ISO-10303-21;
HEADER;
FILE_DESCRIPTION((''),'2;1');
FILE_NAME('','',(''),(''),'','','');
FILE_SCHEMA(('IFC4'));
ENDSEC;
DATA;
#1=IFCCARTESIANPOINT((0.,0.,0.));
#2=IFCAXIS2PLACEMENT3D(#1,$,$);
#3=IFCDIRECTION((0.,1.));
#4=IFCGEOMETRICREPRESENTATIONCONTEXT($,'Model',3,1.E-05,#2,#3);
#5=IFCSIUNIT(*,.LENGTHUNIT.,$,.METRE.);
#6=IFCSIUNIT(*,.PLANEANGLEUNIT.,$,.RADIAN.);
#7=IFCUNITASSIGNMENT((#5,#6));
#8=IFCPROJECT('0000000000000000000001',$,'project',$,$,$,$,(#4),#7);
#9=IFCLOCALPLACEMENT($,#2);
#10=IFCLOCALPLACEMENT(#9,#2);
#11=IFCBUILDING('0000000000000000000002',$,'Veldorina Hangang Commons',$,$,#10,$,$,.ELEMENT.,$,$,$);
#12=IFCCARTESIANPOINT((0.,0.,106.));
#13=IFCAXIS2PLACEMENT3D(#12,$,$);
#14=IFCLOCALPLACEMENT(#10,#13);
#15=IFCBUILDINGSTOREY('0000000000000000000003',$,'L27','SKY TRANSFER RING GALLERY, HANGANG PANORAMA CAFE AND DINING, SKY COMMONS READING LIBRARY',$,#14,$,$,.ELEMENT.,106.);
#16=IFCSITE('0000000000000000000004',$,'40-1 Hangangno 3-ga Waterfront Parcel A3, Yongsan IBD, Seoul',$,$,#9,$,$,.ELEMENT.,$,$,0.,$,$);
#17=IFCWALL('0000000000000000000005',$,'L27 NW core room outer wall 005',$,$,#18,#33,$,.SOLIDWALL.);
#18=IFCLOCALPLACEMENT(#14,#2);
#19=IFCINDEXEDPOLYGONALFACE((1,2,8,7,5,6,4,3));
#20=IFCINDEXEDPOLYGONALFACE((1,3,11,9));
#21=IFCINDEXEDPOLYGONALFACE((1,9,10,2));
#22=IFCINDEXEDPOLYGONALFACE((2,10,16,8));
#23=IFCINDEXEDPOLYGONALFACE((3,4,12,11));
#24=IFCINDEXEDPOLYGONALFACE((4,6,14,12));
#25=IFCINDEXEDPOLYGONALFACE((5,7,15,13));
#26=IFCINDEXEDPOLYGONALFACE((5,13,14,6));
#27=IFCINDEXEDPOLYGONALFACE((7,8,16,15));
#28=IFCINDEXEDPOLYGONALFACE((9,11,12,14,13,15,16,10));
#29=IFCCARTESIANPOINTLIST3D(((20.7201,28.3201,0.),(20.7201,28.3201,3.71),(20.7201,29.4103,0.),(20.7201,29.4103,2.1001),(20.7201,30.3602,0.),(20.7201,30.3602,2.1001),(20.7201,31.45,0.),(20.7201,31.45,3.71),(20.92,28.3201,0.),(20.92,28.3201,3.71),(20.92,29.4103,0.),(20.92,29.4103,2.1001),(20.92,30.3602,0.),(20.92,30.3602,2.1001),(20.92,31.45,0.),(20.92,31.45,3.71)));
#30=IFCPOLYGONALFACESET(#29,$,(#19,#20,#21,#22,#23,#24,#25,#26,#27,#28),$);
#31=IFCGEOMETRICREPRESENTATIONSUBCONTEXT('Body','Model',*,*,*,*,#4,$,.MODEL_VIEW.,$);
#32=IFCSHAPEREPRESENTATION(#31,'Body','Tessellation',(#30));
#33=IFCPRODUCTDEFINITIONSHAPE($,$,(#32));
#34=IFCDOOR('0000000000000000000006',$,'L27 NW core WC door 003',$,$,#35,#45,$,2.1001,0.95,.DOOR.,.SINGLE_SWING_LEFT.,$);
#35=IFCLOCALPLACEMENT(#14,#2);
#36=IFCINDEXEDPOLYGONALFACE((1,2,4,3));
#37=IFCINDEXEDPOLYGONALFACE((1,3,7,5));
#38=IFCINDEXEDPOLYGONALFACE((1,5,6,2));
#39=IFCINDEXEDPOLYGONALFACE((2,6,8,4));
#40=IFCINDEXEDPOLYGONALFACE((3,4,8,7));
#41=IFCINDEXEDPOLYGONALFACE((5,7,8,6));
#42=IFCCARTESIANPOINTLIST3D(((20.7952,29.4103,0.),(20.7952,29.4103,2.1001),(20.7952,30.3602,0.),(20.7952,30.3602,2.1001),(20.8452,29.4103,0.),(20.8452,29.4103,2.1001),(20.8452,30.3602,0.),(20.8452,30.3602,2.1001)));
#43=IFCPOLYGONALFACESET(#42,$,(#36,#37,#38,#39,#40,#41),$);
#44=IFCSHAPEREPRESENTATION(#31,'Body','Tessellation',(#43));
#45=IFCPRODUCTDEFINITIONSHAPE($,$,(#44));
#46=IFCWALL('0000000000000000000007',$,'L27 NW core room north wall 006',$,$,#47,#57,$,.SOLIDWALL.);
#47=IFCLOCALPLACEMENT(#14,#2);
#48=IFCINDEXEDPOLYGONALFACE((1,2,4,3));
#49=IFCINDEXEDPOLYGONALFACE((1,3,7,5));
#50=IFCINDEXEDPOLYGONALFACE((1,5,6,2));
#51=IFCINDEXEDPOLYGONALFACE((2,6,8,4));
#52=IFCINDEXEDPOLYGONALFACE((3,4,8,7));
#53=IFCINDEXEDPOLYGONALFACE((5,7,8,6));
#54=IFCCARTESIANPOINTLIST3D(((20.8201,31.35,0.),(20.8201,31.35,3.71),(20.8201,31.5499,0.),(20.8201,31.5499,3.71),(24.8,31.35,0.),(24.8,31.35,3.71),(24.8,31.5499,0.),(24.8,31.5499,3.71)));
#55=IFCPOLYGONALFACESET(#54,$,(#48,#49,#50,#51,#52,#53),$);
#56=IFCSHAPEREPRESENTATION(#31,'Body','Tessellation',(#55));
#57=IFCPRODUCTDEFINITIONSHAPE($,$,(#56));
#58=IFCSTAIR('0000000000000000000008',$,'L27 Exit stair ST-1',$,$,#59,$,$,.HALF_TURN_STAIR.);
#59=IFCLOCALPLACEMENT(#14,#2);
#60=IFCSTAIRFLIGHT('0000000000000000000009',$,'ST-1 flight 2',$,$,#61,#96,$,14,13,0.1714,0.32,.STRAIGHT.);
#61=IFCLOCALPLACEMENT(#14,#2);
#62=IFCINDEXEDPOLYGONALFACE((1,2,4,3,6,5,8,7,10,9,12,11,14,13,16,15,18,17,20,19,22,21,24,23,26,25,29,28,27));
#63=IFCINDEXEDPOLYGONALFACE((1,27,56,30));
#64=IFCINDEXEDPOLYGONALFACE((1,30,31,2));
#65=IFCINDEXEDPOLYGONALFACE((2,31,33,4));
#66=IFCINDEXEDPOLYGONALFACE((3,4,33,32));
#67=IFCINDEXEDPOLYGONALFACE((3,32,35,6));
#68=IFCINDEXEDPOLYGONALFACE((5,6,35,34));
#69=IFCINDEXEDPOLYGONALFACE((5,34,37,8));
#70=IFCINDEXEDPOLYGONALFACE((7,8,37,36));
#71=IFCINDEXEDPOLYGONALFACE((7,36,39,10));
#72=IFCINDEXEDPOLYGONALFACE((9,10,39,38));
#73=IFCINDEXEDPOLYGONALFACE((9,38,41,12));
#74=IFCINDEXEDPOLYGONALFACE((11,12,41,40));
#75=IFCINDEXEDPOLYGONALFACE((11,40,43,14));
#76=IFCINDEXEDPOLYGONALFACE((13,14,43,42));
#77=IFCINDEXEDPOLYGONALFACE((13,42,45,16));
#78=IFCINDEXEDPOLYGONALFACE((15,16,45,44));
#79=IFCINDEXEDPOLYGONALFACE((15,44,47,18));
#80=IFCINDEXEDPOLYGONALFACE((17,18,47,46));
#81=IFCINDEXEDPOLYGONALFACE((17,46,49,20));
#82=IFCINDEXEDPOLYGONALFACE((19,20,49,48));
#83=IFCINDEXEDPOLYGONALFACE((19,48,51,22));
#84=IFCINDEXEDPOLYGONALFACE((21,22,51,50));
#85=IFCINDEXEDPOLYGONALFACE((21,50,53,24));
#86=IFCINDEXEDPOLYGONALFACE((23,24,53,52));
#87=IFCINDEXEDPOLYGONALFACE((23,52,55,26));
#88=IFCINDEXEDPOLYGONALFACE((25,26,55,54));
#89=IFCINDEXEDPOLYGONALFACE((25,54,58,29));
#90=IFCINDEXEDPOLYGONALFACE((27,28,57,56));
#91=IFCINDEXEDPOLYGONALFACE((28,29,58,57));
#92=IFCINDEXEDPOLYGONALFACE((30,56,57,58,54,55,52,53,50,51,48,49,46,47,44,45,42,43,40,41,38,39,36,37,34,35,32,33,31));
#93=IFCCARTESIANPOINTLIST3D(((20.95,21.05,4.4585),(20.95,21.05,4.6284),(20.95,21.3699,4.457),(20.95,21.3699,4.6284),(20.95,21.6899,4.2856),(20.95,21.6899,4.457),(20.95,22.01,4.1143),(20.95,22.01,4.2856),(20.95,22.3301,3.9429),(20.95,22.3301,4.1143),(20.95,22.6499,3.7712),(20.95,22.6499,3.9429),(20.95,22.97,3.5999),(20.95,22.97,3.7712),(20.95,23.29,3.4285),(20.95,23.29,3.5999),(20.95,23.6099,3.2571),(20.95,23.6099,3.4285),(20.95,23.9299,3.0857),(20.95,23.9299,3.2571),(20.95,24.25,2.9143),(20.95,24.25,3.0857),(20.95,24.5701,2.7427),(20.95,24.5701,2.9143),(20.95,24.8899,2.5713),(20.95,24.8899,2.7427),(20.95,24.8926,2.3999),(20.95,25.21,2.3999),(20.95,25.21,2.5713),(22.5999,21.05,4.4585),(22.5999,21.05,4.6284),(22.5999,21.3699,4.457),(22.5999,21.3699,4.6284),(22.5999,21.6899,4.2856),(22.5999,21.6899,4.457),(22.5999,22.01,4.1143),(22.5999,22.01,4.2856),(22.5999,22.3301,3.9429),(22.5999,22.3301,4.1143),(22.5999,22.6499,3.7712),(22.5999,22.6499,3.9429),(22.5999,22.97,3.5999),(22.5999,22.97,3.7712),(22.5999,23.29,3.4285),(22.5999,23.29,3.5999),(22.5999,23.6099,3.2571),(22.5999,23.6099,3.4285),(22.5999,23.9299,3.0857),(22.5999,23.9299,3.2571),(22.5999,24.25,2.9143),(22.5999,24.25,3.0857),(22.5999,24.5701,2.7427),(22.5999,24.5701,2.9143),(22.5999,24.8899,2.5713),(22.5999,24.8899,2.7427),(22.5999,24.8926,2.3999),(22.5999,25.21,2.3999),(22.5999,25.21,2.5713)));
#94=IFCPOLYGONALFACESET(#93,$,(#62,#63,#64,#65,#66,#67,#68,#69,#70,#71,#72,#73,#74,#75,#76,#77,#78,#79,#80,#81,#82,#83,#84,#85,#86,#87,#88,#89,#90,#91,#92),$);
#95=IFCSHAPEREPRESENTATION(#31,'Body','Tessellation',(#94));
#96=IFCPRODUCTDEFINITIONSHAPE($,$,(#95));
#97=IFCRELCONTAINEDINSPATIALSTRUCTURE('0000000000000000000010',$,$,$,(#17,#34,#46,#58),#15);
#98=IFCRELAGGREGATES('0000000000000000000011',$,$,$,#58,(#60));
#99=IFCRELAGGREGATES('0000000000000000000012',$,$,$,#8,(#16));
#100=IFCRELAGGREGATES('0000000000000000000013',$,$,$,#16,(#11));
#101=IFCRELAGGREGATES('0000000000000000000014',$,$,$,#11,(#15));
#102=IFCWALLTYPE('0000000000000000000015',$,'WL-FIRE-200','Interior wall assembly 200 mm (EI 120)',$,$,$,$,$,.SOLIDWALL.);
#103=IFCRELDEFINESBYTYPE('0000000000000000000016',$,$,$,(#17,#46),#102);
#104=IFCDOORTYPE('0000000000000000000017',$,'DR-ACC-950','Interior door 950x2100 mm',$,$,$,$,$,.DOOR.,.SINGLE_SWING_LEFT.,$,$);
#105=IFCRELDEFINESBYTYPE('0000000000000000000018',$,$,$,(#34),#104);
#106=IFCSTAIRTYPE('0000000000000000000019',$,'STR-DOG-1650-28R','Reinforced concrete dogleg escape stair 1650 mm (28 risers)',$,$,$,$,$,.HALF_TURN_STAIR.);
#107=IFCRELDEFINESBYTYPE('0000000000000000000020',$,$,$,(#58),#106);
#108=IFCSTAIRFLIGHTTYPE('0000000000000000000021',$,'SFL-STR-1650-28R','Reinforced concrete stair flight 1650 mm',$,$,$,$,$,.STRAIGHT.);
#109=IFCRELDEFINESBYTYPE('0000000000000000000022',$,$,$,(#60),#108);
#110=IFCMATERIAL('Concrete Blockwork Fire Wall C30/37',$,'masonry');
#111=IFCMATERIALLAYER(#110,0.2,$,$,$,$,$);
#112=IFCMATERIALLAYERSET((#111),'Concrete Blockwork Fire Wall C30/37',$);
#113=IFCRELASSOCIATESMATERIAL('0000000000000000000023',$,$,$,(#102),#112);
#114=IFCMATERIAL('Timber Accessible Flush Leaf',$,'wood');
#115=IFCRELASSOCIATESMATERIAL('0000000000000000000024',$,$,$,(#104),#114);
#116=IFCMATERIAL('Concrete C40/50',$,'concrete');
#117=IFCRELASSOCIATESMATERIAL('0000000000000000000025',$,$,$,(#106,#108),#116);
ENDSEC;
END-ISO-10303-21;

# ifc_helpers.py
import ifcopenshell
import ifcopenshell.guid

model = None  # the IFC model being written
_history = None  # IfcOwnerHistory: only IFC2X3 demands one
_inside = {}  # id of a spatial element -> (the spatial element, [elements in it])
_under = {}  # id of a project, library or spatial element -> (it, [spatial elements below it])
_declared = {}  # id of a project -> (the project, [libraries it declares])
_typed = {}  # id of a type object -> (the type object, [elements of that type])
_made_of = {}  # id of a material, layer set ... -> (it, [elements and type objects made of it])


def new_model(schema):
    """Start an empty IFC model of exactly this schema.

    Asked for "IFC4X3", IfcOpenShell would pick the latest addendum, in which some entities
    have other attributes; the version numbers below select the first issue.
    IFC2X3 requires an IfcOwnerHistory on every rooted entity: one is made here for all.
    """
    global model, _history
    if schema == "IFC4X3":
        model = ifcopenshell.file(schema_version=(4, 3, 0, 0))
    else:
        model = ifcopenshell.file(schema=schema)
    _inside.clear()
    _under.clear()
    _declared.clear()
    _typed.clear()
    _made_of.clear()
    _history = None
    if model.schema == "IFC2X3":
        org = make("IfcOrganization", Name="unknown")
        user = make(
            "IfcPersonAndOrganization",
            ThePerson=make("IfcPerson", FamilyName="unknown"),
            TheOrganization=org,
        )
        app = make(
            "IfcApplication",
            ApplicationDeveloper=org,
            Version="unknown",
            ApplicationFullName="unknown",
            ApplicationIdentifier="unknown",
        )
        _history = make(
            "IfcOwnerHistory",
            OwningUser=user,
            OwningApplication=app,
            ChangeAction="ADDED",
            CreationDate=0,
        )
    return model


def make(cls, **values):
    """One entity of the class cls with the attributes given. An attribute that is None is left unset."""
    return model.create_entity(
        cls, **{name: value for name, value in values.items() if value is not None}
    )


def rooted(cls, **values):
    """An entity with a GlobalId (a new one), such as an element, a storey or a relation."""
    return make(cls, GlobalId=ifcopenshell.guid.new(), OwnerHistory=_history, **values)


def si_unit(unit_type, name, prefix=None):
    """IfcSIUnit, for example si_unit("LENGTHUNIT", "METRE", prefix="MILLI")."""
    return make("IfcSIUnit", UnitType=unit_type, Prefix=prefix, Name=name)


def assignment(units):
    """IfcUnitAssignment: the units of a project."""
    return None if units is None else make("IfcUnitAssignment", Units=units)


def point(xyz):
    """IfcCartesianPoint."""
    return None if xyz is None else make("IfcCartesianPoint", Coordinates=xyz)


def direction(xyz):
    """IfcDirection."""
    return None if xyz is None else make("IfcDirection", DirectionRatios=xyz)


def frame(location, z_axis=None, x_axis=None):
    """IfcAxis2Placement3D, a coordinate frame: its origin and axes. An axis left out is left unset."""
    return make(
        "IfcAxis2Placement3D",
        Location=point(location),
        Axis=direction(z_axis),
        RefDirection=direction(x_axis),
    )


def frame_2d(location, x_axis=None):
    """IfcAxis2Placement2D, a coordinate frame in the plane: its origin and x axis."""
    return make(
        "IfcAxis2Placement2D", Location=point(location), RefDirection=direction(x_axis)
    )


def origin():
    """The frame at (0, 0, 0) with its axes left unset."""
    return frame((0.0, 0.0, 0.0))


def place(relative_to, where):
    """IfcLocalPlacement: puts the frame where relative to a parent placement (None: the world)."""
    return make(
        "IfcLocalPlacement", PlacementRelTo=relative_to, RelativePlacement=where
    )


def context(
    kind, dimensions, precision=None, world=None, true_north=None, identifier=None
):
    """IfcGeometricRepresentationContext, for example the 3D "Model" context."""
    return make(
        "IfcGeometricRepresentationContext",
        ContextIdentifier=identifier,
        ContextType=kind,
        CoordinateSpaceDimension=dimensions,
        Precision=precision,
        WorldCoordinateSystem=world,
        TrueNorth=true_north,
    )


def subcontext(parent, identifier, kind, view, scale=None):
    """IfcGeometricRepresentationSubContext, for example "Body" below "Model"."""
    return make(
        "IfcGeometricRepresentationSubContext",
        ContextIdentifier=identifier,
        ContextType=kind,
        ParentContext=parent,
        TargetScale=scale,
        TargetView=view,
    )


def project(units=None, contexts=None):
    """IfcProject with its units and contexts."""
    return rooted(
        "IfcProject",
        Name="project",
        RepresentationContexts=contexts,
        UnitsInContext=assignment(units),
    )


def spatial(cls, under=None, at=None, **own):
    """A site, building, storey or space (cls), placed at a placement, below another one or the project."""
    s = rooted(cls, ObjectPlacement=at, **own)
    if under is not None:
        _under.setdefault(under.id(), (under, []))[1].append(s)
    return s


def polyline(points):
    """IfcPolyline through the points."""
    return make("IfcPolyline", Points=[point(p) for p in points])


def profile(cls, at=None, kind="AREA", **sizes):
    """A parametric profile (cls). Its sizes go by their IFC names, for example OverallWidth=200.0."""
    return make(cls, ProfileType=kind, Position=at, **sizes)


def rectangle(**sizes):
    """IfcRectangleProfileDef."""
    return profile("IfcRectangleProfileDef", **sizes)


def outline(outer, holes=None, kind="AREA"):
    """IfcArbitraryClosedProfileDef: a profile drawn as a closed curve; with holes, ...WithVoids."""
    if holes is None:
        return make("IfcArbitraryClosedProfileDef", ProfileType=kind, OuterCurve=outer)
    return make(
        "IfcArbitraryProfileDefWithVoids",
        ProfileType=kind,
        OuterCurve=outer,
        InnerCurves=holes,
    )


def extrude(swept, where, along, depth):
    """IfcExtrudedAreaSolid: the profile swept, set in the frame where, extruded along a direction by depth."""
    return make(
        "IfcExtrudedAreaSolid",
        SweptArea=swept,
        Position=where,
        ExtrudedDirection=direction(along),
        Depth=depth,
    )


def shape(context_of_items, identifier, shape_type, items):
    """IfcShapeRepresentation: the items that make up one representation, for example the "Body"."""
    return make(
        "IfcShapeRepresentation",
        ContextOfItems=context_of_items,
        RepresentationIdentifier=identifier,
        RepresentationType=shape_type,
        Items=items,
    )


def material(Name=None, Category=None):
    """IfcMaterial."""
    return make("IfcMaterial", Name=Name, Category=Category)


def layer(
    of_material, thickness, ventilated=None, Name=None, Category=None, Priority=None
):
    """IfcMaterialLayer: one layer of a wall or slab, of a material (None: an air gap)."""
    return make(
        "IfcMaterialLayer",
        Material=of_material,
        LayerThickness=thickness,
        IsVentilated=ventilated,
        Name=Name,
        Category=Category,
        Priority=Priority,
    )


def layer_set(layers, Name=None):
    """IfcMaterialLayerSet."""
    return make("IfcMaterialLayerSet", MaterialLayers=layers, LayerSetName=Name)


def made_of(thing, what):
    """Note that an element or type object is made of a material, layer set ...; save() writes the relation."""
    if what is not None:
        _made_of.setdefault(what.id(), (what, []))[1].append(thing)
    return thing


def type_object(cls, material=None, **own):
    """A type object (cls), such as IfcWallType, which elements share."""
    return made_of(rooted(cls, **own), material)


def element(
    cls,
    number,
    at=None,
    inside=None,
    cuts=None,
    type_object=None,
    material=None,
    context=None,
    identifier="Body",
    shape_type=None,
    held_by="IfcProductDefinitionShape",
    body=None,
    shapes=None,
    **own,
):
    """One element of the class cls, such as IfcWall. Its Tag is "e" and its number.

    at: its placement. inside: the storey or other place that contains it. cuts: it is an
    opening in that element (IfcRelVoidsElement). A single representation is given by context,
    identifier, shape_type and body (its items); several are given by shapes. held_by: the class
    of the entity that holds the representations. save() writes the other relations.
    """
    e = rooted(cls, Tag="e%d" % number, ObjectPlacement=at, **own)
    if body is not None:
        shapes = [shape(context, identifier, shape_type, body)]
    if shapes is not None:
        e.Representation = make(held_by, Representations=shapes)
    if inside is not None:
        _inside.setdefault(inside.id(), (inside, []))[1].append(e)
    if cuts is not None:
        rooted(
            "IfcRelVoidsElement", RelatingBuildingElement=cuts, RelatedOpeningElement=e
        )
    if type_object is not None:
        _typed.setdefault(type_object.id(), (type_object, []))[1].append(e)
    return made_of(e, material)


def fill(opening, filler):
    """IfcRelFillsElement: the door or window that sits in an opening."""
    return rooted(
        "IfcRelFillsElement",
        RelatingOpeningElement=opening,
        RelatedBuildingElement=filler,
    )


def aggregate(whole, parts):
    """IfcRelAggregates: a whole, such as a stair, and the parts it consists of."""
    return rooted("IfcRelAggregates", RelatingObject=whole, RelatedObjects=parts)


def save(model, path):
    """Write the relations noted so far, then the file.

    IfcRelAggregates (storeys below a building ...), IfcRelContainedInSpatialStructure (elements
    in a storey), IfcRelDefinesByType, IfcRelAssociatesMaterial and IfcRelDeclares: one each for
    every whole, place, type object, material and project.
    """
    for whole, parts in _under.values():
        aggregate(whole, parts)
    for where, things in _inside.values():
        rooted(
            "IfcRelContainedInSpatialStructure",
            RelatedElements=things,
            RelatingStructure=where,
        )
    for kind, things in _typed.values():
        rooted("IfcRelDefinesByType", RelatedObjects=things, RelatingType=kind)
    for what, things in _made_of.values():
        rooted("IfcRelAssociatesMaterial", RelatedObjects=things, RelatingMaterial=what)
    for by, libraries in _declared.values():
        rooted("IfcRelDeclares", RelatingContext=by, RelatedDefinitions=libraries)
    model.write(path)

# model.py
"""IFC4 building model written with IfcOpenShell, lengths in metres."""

from ifc_helpers import new_model, si_unit, direction, frame, frame_2d, origin, place, context, subcontext, project, spatial, polyline, rectangle, outline, extrude, material, layer, layer_set, type_object, element, fill, aggregate, save


model = new_model("IFC4")

# Units and contexts
model_context = context("Model", 3, precision=1e-05, world=origin(), true_north=direction((0.0, 1.0)))
body_context = subcontext(model_context, "Body", "Model", "MODEL_VIEW")
ifc_project = project(units=[si_unit("LENGTHUNIT", "METRE"), si_unit("PLANEANGLEUNIT", "RADIAN")], contexts=[model_context])

# Site, building, storey
site_placement = place(None, origin())
site = spatial("IfcSite", under=ifc_project, at=site_placement, Name="40-1 Hangangno 3-ga Waterfront Parcel A3, Yongsan IBD, Seoul", CompositionType="ELEMENT", RefElevation=0.0)
building_placement = place(site_placement, origin())
building = spatial("IfcBuilding", under=site, at=building_placement, Name="Veldorina Hangang Commons", CompositionType="ELEMENT")
storey_placement = place(building_placement, frame((0.0, 0.0, 106.0)))
storey = spatial("IfcBuildingStorey", under=building, at=storey_placement, Name="L27", Description="SKY TRANSFER RING GALLERY, HANGANG PANORAMA CAFE AND DINING, SKY COMMONS READING LIBRARY", CompositionType="ELEMENT", Elevation=106.0)

# Wall, opening, door
ifc_material_1 = material(Name="Concrete Blockwork Fire Wall C30/37", Category="masonry")
ifc_layer_1 = layer(ifc_material_1, 0.2)
ifc_layer_set_1 = layer_set([ifc_layer_1], Name="Concrete Blockwork Fire Wall C30/37")
wall_type_1 = type_object("IfcWallType", Name="WL-FIRE-200", Description="Interior wall assembly 200 mm (EI 120)", PredefinedType="SOLIDWALL", material=ifc_layer_set_1)
wall_1_placement = place(storey_placement, frame((20.8201, 28.3201, 0.0), z_axis=(0.0, 0.0, 1.0), x_axis=(0.0, 1.0, 0.0)))
wall_1 = element("IfcWall", 1, at=wall_1_placement, inside=storey, type_object=wall_type_1, Name="L27 NW core room outer wall 005", PredefinedType="SOLIDWALL", context=body_context, shape_type="SweptSolid", body=[
    extrude(rectangle(XDim=3.1299, YDim=0.2, at=frame_2d((1.5649, 0.0))), origin(), (0.0, 0.0, 1.0), 3.71),
])
opening_placement = place(wall_1_placement, frame((1.0901, 0.0, 0.0)))
opening = element("IfcOpeningElement", 2, at=opening_placement, cuts=wall_1, PredefinedType="OPENING", context=body_context, shape_type="SweptSolid", body=[
    extrude(rectangle(XDim=0.95, YDim=2.1001, at=frame_2d((0.4751, 1.05))), frame((0.0, 0.1099, 0.0), z_axis=(0.0, -1.0, 0.0), x_axis=(1.0, 0.0, 0.0)), (0.0, 0.0, 1.0), 0.22),
])
ifc_material_2 = material(Name="Timber Accessible Flush Leaf", Category="wood")
door_type = type_object("IfcDoorType", Name="DR-ACC-950", Description="Interior door 950x2100 mm", OperationType="SINGLE_SWING_LEFT", PredefinedType="DOOR", material=ifc_material_2)
door_placement = place(opening_placement, origin())
door = element("IfcDoor", 3, at=door_placement, inside=storey, type_object=door_type, Name="L27 NW core WC door 003", OperationType="SINGLE_SWING_LEFT", OverallHeight=2.1001, OverallWidth=0.95, PredefinedType="DOOR", context=body_context, shape_type="SweptSolid", body=[
    extrude(rectangle(XDim=0.95, YDim=2.1001, at=frame_2d((0.4751, 1.05))), frame((0.0, 0.0249, 0.0), z_axis=(0.0, -1.0, 0.0), x_axis=(1.0, 0.0, 0.0)), (0.0, 0.0, 1.0), 0.05),
])
fill(opening, door)

# Wall
wall_2_placement = place(storey_placement, frame((20.8201, 31.45, 0.0), z_axis=(0.0, 0.0, 1.0), x_axis=(1.0, 0.0, 0.0)))
element("IfcWall", 4, at=wall_2_placement, inside=storey, type_object=wall_type_1, Name="L27 NW core room north wall 006", PredefinedType="SOLIDWALL", context=body_context, shape_type="SweptSolid", body=[
    extrude(rectangle(XDim=3.98, YDim=0.2, at=frame_2d((1.99, 0.0))), origin(), (0.0, 0.0, 1.0), 3.71),
])

# Stair, stair flight
ifc_material_3 = material(Name="Concrete C40/50", Category="concrete")
stair_type = type_object("IfcStairType", Name="STR-DOG-1650-28R", Description="Reinforced concrete dogleg escape stair 1650 mm (28 risers)", PredefinedType="HALF_TURN_STAIR", material=ifc_material_3)
stair_placement = place(storey_placement, origin())
stair = element("IfcStair", 5, at=stair_placement, inside=storey, type_object=stair_type, Name="L27 Exit stair ST-1", PredefinedType="HALF_TURN_STAIR")
stair_flight_type = type_object("IfcStairFlightType", Name="SFL-STR-1650-28R", Description="Reinforced concrete stair flight 1650 mm", PredefinedType="STRAIGHT", material=ifc_material_3)
stair_flight_placement = place(storey_placement, frame((21.7749, 25.21, 2.3999), z_axis=(0.0, 0.0, 1.0), x_axis=(0.0, -1.0, 0.0)))
stair_flight = element("IfcStairFlight", 6, at=stair_flight_placement, type_object=stair_flight_type, Name="ST-1 flight 2", NumberOfRisers=14, NumberOfTreads=13, PredefinedType="STRAIGHT", RiserHeight=0.1714, TreadLength=0.32, context=body_context, shape_type="SweptSolid", body=[
    extrude(outline(polyline([(0.0, 0.0), (0.0, 0.1714), (0.3201, 0.1714), (0.3201, 0.3428), (0.6399, 0.3428), (0.6399, 0.5144), (0.96, 0.5144), (0.96, 0.6858), (1.28, 0.6858), (1.28, 0.8572), (1.6001, 0.8572), (1.6001, 1.0286), (1.9199, 1.0286), (1.9199, 1.2), (2.24, 1.2), (2.24, 1.3713), (2.5601, 1.3713), (2.5601, 1.543), (2.8799, 1.543), (2.8799, 1.7144), (3.2, 1.7144), (3.2, 1.8857), (3.52, 1.8857), (3.52, 2.0571), (3.8401, 2.0571), (3.8401, 2.2285), (4.1599, 2.2285), (4.1599, 2.3999), (4.1599, 2.0586), (0.3174, 0.0), (0.0, 0.0)])), frame((0.0, 0.825, 0.0), z_axis=(0.0, -1.0, 0.0), x_axis=(1.0, 0.0, 0.0)), (0.0, 0.0, 1.0), 1.6499),
])
aggregate(stair, [stair_flight])

save(model, "model.ifc")
